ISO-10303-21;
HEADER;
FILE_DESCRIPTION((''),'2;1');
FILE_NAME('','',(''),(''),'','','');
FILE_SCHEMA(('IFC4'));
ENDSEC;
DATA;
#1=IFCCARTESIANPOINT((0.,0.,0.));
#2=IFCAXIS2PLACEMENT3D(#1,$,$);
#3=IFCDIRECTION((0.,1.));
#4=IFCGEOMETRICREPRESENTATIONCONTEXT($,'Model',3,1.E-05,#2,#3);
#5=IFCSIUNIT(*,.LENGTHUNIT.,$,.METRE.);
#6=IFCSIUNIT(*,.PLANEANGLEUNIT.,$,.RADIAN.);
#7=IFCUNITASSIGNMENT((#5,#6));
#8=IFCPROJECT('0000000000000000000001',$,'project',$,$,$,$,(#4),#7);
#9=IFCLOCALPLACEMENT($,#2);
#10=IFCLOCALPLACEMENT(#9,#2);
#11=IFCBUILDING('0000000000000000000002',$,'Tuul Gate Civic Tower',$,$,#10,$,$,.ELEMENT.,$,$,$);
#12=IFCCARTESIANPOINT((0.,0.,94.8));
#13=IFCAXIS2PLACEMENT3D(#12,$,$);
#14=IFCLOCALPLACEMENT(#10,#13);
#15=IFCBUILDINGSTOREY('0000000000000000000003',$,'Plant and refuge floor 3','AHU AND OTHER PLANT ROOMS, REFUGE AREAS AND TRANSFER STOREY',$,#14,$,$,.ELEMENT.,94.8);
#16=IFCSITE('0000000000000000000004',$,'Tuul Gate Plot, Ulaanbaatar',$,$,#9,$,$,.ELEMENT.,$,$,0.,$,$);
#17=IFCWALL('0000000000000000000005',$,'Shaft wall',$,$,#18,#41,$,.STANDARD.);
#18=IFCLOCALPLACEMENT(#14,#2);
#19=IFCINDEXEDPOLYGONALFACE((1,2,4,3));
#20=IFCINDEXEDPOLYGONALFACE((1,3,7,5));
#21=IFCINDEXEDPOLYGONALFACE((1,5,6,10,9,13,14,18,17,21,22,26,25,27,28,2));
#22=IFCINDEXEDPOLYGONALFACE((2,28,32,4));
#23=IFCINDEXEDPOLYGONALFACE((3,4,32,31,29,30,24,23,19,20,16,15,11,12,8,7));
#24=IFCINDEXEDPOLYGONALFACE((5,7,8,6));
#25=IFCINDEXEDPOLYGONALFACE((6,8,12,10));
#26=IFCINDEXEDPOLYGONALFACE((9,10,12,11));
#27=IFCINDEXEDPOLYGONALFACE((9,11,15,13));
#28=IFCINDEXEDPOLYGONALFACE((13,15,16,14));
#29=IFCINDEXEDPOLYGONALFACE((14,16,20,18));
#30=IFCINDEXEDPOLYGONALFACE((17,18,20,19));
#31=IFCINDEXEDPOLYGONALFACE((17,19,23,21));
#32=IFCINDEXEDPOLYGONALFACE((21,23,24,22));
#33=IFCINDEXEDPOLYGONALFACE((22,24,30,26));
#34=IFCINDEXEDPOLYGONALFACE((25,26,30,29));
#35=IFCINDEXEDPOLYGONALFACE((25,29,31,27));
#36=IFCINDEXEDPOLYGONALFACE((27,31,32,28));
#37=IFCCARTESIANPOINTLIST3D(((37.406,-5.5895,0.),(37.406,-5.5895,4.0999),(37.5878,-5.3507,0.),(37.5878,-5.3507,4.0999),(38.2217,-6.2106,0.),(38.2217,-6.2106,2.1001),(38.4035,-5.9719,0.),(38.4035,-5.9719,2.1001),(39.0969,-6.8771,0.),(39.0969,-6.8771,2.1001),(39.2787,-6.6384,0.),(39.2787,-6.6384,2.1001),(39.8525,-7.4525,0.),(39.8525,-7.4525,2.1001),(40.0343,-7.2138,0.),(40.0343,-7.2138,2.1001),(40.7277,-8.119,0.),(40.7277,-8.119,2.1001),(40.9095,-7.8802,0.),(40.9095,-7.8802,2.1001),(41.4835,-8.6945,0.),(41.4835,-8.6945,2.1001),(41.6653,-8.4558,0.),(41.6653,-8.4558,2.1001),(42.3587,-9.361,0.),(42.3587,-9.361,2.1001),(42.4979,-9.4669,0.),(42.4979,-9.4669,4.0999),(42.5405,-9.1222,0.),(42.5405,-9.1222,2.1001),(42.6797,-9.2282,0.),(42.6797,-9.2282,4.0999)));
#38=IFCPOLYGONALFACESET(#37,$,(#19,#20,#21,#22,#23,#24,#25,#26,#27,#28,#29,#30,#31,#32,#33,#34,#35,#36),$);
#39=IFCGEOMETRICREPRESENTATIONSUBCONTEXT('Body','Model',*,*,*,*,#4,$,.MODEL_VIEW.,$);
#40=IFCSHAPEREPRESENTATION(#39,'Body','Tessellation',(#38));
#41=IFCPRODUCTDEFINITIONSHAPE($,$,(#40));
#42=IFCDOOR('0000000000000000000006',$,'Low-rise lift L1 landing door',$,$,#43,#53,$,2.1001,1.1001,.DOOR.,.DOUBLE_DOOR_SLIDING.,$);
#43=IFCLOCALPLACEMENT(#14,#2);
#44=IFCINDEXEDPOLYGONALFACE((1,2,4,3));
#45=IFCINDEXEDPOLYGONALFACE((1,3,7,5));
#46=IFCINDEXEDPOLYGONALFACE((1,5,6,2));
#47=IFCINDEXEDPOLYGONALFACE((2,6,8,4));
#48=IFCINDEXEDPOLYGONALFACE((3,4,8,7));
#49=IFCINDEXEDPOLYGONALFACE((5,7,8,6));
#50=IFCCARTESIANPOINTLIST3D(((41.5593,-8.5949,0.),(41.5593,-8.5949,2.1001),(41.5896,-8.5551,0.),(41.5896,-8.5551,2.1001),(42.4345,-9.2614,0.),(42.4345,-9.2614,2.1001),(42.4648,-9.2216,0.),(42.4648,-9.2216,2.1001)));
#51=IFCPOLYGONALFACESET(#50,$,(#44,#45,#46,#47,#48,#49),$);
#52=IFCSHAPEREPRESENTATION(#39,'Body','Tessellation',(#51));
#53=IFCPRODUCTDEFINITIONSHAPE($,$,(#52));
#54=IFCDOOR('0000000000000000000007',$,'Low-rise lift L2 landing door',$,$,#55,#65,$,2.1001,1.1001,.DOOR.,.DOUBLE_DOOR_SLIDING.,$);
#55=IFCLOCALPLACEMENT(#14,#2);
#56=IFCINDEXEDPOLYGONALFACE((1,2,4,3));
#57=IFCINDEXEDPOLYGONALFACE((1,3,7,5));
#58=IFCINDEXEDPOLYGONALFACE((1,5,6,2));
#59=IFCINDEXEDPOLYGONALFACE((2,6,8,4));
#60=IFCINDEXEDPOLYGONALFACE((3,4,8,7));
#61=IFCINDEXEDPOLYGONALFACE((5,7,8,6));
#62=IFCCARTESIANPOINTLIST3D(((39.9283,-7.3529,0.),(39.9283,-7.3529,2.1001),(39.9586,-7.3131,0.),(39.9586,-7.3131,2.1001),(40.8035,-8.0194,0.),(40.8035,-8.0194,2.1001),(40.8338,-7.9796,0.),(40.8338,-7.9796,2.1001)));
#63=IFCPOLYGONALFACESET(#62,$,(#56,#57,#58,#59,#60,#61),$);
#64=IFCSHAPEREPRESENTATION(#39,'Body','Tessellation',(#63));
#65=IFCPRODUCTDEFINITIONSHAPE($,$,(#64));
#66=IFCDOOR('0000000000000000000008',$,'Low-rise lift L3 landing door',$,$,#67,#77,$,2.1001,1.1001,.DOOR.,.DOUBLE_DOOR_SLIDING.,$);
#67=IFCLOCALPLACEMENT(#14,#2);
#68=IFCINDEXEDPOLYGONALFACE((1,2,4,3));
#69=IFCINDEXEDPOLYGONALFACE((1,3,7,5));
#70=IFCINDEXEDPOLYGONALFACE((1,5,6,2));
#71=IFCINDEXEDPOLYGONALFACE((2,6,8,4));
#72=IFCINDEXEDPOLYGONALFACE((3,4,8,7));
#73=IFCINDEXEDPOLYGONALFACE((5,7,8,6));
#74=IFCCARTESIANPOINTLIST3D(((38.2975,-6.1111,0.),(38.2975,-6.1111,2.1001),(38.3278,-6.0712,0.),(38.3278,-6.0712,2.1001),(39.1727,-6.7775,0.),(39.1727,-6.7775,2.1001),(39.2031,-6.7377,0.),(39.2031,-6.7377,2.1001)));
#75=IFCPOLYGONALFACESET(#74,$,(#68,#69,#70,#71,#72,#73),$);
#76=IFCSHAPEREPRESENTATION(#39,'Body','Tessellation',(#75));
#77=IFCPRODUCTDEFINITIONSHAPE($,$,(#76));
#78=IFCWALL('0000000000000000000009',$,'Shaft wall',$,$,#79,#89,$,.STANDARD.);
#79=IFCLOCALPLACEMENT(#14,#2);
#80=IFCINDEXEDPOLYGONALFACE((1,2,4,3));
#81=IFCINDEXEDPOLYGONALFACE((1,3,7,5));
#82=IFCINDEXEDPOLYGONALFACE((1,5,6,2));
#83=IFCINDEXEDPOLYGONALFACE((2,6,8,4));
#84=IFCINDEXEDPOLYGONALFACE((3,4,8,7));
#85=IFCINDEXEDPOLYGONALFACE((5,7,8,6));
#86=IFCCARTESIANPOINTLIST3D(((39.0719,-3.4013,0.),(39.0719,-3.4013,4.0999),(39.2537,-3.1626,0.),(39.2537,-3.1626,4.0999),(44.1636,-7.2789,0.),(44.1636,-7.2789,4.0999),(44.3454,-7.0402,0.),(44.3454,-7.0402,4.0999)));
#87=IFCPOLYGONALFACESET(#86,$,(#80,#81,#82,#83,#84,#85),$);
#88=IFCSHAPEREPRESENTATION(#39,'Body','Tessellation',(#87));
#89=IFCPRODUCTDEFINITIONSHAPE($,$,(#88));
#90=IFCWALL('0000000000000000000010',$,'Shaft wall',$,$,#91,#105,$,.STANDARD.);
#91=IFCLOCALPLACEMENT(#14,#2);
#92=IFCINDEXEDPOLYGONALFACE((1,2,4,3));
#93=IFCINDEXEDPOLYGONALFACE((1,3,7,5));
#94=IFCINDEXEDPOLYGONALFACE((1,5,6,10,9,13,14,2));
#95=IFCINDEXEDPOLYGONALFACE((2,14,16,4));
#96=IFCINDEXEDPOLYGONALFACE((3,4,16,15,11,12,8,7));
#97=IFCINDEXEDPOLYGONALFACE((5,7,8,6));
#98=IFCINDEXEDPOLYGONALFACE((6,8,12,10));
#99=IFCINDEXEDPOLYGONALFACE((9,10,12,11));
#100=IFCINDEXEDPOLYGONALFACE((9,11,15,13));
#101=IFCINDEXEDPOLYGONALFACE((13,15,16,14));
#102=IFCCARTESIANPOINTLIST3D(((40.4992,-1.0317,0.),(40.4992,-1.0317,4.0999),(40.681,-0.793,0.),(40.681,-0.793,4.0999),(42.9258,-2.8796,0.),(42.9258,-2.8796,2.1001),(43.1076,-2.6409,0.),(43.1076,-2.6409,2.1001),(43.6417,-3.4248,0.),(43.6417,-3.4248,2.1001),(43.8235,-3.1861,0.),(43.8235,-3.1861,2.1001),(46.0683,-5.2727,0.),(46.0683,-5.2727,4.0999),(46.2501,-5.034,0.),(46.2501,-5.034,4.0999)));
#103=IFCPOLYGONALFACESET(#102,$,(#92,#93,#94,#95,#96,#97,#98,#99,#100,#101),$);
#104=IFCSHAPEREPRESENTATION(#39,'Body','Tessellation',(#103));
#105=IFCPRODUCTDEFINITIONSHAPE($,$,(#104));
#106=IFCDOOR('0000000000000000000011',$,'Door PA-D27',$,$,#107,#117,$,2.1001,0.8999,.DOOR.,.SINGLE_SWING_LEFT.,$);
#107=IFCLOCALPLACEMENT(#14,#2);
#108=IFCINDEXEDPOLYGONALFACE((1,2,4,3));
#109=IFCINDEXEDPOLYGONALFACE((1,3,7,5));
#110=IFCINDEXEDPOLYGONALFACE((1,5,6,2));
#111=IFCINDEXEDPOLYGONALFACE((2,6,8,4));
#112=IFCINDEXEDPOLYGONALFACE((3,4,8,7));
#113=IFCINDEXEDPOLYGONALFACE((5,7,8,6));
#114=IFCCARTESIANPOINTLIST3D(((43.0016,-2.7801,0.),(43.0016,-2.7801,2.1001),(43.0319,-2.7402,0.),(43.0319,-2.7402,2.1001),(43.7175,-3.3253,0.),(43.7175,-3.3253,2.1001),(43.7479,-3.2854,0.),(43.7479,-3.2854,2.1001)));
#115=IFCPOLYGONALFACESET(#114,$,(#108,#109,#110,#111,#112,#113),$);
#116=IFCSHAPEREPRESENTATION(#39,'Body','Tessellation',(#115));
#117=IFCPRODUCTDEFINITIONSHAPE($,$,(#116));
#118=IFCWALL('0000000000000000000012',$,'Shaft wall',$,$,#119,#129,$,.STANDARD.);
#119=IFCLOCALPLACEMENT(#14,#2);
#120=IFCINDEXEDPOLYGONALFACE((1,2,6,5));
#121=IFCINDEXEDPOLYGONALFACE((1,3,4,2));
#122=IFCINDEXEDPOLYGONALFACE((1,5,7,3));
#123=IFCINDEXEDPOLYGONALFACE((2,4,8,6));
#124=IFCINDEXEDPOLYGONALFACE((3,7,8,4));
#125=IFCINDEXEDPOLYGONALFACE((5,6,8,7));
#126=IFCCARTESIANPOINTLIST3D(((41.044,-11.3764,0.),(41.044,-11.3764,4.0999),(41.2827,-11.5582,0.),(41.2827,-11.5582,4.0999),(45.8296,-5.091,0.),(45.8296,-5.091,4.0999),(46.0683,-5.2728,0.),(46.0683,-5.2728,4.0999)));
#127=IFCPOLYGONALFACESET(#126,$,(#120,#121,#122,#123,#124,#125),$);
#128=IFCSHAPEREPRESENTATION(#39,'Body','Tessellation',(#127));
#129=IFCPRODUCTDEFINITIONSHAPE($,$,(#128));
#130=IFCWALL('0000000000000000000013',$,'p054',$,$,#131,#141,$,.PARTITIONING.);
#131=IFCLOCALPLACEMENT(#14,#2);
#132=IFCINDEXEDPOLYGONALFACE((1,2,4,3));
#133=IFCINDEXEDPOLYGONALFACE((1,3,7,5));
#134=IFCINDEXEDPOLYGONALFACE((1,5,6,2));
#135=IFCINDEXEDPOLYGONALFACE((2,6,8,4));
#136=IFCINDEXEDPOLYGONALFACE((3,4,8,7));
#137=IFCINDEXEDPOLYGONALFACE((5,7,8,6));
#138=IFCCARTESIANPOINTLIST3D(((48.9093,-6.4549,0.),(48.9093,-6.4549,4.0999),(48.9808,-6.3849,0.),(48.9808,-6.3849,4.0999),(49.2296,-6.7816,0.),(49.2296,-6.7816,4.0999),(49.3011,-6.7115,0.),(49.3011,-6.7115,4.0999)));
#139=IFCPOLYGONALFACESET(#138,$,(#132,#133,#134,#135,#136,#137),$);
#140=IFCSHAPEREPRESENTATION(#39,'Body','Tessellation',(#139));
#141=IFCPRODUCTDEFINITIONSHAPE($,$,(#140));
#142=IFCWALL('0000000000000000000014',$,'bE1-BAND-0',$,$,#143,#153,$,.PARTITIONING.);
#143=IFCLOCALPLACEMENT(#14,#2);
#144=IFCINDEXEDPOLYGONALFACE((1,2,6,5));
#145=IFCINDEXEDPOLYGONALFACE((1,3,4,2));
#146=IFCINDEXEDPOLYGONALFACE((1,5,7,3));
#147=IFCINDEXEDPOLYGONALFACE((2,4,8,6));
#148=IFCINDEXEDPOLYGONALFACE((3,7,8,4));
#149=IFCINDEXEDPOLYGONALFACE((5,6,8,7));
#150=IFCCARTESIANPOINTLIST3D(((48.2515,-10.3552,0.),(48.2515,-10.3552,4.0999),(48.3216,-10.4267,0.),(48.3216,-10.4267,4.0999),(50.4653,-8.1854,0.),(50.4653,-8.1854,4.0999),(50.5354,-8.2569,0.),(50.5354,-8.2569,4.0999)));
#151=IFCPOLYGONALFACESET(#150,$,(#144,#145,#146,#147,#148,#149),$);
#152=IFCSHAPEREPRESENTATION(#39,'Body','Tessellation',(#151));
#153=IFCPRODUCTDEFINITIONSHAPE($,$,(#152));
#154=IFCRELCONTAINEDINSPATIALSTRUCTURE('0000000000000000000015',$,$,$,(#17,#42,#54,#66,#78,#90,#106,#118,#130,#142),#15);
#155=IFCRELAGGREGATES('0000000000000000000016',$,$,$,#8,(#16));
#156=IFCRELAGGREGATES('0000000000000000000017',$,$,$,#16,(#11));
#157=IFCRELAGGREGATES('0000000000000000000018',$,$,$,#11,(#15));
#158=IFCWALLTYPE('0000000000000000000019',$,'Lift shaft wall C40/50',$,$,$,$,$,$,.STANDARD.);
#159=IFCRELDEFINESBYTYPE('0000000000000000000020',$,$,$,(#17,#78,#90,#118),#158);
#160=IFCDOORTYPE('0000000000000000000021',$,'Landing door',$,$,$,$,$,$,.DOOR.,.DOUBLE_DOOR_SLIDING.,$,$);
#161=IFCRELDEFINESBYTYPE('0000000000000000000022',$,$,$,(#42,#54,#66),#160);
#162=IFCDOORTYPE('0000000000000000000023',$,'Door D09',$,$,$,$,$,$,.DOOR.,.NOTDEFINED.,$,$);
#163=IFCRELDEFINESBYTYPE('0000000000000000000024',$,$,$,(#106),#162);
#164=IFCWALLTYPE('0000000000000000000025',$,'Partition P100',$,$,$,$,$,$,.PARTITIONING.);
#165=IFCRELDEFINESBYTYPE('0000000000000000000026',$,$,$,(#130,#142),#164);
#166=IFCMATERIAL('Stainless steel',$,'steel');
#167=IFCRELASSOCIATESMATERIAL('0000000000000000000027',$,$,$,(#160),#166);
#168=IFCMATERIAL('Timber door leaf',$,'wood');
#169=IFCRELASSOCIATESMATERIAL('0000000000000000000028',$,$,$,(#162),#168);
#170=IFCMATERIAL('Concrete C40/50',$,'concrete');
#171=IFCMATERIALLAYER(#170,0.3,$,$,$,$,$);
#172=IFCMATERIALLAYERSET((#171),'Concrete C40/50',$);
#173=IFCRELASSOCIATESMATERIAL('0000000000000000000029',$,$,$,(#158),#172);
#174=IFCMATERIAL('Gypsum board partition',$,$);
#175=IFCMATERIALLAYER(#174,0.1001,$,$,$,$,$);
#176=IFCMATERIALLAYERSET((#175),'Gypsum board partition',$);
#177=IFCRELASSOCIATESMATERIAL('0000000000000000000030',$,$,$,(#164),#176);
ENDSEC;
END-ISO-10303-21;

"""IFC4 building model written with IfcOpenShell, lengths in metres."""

from ifc_helpers import new_model, si_unit, direction, frame, frame_2d, origin, place, context, subcontext, project, spatial, rectangle, extrude, material, layer, layer_set, type_object, element, fill, save


model = new_model("IFC4")

# Units and contexts
model_context = context("Model", 3, precision=1e-05, world=origin(), true_north=direction((0.0, 1.0)))
body_context = subcontext(model_context, "Body", "Model", "MODEL_VIEW")
ifc_project = project(units=[si_unit("LENGTHUNIT", "METRE"), si_unit("PLANEANGLEUNIT", "RADIAN")], contexts=[model_context])

# Site, building, storey
site_placement = place(None, origin())
site = spatial("IfcSite", under=ifc_project, at=site_placement, Name="Tuul Gate Plot, Ulaanbaatar", CompositionType="ELEMENT", RefElevation=0.0)
building_placement = place(site_placement, origin())
building = spatial("IfcBuilding", under=site, at=building_placement, Name="Tuul Gate Civic Tower", CompositionType="ELEMENT")
storey_placement = place(building_placement, frame((0.0, 0.0, 94.8)))
storey = spatial("IfcBuildingStorey", under=building, at=storey_placement, Name="Plant and refuge floor 3", Description="AHU AND OTHER PLANT ROOMS, REFUGE AREAS AND TRANSFER STOREY", CompositionType="ELEMENT", Elevation=94.8)

# Shared definitions
ifc_material_1 = material(Name="Stainless steel", Category="steel")
door_type_1 = type_object("IfcDoorType", Name="Landing door", OperationType="DOUBLE_DOOR_SLIDING", PredefinedType="DOOR", material=ifc_material_1)

# Shared definitions
ifc_material_2 = material(Name="Timber door leaf", Category="wood")
door_type_2 = type_object("IfcDoorType", Name="Door D09", OperationType="NOTDEFINED", PredefinedType="DOOR", material=ifc_material_2)

# Shared definitions
ifc_material_3 = material(Name="Concrete C40/50", Category="concrete")
ifc_layer_1 = layer(ifc_material_3, 0.3)
ifc_layer_set_1 = layer_set([ifc_layer_1], Name="Concrete C40/50")
wall_type_1 = type_object("IfcWallType", Name="Lift shaft wall C40/50", PredefinedType="STANDARD", material=ifc_layer_set_1)

# Wall, openings, doors
wall_1_placement = place(storey_placement, frame((42.5889, -9.3477, 0.0), z_axis=(0.0, 0.0, 1.0), x_axis=(-0.795584, 0.605843, 0.0)))
wall_1 = element("IfcWall", 1, at=wall_1_placement, inside=storey, type_object=wall_type_1, Name="Shaft wall", PredefinedType="STANDARD", context=body_context, shape_type="SweptSolid", body=[
    extrude(rectangle(XDim=6.4001, YDim=0.3, at=frame_2d((3.2002, 0.0))), origin(), (0.0, 0.0, 1.0), 4.0999),
])
opening_1_placement = place(wall_1_placement, frame((0.175, 0.0, 0.0)))
opening_1 = element("IfcOpeningElement", 2, at=opening_1_placement, cuts=wall_1, PredefinedType="OPENING", context=body_context, shape_type="SweptSolid", body=[
    extrude(rectangle(XDim=1.1001, YDim=2.1001, at=frame_2d((0.55, 1.05))), frame((0.0, 0.1602, 0.0), z_axis=(0.0, -1.0, 0.0), x_axis=(1.0, 0.0, 0.0)), (0.0, 0.0, 1.0), 0.3201),
])
opening_2_placement = place(wall_1_placement, frame((2.2251, 0.0, 0.0)))
opening_2 = element("IfcOpeningElement", 3, at=opening_2_placement, cuts=wall_1, PredefinedType="OPENING", context=body_context, shape_type="SweptSolid", body=[
    extrude(rectangle(XDim=1.1001, YDim=2.1001, at=frame_2d((0.55, 1.05))), frame((0.0, 0.1602, 0.0), z_axis=(0.0, -1.0, 0.0), x_axis=(1.0, 0.0, 0.0)), (0.0, 0.0, 1.0), 0.3201),
])
opening_3_placement = place(wall_1_placement, frame((4.2749, 0.0, 0.0)))
opening_3 = element("IfcOpeningElement", 4, at=opening_3_placement, cuts=wall_1, PredefinedType="OPENING", context=body_context, shape_type="SweptSolid", body=[
    extrude(rectangle(XDim=1.1001, YDim=2.1001, at=frame_2d((0.55, 1.05))), frame((0.0, 0.1602, 0.0), z_axis=(0.0, -1.0, 0.0), x_axis=(1.0, 0.0, 0.0)), (0.0, 0.0, 1.0), 0.3201),
])
door_1_placement = place(opening_1_placement, origin())
door_1 = element("IfcDoor", 5, at=door_1_placement, inside=storey, type_object=door_type_1, Name="Low-rise lift L1 landing door", OperationType="DOUBLE_DOOR_SLIDING", OverallHeight=2.1001, OverallWidth=1.1001, PredefinedType="DOOR", context=body_context, shape_type="SweptSolid", body=[
    extrude(rectangle(XDim=1.1001, YDim=2.1001, at=frame_2d((0.55, 1.05))), frame((0.0, 0.0249, 0.0), z_axis=(0.0, -1.0, 0.0), x_axis=(1.0, 0.0, 0.0)), (0.0, 0.0, 1.0), 0.05),
])
fill(opening_1, door_1)
door_2_placement = place(opening_2_placement, origin())
door_2 = element("IfcDoor", 6, at=door_2_placement, inside=storey, type_object=door_type_1, Name="Low-rise lift L2 landing door", OperationType="DOUBLE_DOOR_SLIDING", OverallHeight=2.1001, OverallWidth=1.1001, PredefinedType="DOOR", context=body_context, shape_type="SweptSolid", body=[
    extrude(rectangle(XDim=1.1001, YDim=2.1001, at=frame_2d((0.55, 1.05))), frame((0.0, 0.0249, 0.0), z_axis=(0.0, -1.0, 0.0), x_axis=(1.0, 0.0, 0.0)), (0.0, 0.0, 1.0), 0.05),
])
fill(opening_2, door_2)
door_3_placement = place(opening_3_placement, origin())
door_3 = element("IfcDoor", 7, at=door_3_placement, inside=storey, type_object=door_type_1, Name="Low-rise lift L3 landing door", OperationType="DOUBLE_DOOR_SLIDING", OverallHeight=2.1001, OverallWidth=1.1001, PredefinedType="DOOR", context=body_context, shape_type="SweptSolid", body=[
    extrude(rectangle(XDim=1.1001, YDim=2.1001, at=frame_2d((0.55, 1.05))), frame((0.0, 0.0249, 0.0), z_axis=(0.0, -1.0, 0.0), x_axis=(1.0, 0.0, 0.0)), (0.0, 0.0, 1.0), 0.05),
])
fill(opening_3, door_3)

# Wall
wall_2_placement = place(storey_placement, frame((44.2546, -7.1597, 0.0), z_axis=(0.0, 0.0, 1.0), x_axis=(-0.795566, 0.605867, 0.0)))
element("IfcWall", 8, at=wall_2_placement, inside=storey, type_object=wall_type_1, Name="Shaft wall", PredefinedType="STANDARD", context=body_context, shape_type="SweptSolid", body=[
    extrude(rectangle(XDim=6.4001, YDim=0.3, at=frame_2d((3.2002, 0.0))), origin(), (0.0, 0.0, 1.0), 4.0999),
])

# Wall, opening, door
wall_3_placement = place(storey_placement, frame((46.1592, -5.1533, 0.0), z_axis=(0.0, 0.0, 1.0), x_axis=(-0.79558, 0.605849, 0.0)))
wall_3 = element("IfcWall", 9, at=wall_3_placement, inside=storey, type_object=wall_type_1, Name="Shaft wall", PredefinedType="STANDARD", context=body_context, shape_type="SweptSolid", body=[
    extrude(rectangle(XDim=7.0, YDim=0.3, at=frame_2d((3.5, 0.0))), origin(), (0.0, 0.0, 1.0), 4.0999),
])
opening_4_placement = place(wall_3_placement, frame((3.05, 0.0, 0.0)))
opening_4 = element("IfcOpeningElement", 10, at=opening_4_placement, cuts=wall_3, PredefinedType="OPENING", context=body_context, shape_type="SweptSolid", body=[
    extrude(rectangle(XDim=0.8999, YDim=2.1001, at=frame_2d((0.45, 1.05))), frame((0.0, 0.1602, 0.0), z_axis=(0.0, -1.0, 0.0), x_axis=(1.0, 0.0, 0.0)), (0.0, 0.0, 1.0), 0.3201),
])
door_4_placement = place(opening_4_placement, origin())
door_4 = element("IfcDoor", 11, at=door_4_placement, inside=storey, type_object=door_type_2, Name="Door PA-D27", OperationType="SINGLE_SWING_LEFT", OverallHeight=2.1001, OverallWidth=0.8999, PredefinedType="DOOR", context=body_context, shape_type="SweptSolid", body=[
    extrude(rectangle(XDim=0.8999, YDim=2.1001, at=frame_2d((0.45, 1.05))), frame((0.0, 0.0249, 0.0), z_axis=(0.0, -1.0, 0.0), x_axis=(1.0, 0.0, 0.0)), (0.0, 0.0, 1.0), 0.05),
])
fill(opening_4, door_4)

# Walls
wall_4_placement = place(storey_placement, frame((41.1633, -11.4673, 0.0), z_axis=(0.0, 0.0, 1.0), x_axis=(0.605784, 0.795629, 0.0)))
element("IfcWall", 12, at=wall_4_placement, inside=storey, type_object=wall_type_1, Name="Shaft wall", PredefinedType="STANDARD", context=body_context, shape_type="SweptSolid", body=[
    extrude(rectangle(XDim=7.8999, YDim=0.3, at=frame_2d((3.95, 0.0))), origin(), (0.0, 0.0, 1.0), 4.0999),
])
ifc_material_4 = material(Name="Gypsum board partition")
ifc_layer_2 = layer(ifc_material_4, 0.1001)
ifc_layer_set_2 = layer_set([ifc_layer_2], Name="Gypsum board partition")
wall_type_2 = type_object("IfcWallType", Name="Partition P100", PredefinedType="PARTITIONING", material=ifc_layer_set_2)
wall_5_placement = place(storey_placement, frame((49.2654, -6.7466, 0.0), z_axis=(0.0, 0.0, 1.0), x_axis=(-0.700135, 0.71401, 0.0)))
element("IfcWall", 13, at=wall_5_placement, inside=storey, type_object=wall_type_2, Name="p054", PredefinedType="PARTITIONING", context=body_context, shape_type="SweptSolid", body=[
    extrude(rectangle(XDim=0.4575, YDim=0.1001, at=frame_2d((0.2288, 0.0))), origin(), (0.0, 0.0, 1.0), 4.0999),
])
wall_6_placement = place(storey_placement, frame((48.2866, -10.3909, 0.0), z_axis=(0.0, 0.0, 1.0), x_axis=(0.714159, 0.699983, 0.0)))
element("IfcWall", 14, at=wall_6_placement, inside=storey, type_object=wall_type_2, Name="bE1-BAND-0", PredefinedType="PARTITIONING", context=body_context, shape_type="SweptSolid", body=[
    extrude(rectangle(XDim=3.0999, YDim=0.1001, at=frame_2d((1.5498, 0.0))), origin(), (0.0, 0.0, 1.0), 4.0999),
])

save(model, "model.ifc")
